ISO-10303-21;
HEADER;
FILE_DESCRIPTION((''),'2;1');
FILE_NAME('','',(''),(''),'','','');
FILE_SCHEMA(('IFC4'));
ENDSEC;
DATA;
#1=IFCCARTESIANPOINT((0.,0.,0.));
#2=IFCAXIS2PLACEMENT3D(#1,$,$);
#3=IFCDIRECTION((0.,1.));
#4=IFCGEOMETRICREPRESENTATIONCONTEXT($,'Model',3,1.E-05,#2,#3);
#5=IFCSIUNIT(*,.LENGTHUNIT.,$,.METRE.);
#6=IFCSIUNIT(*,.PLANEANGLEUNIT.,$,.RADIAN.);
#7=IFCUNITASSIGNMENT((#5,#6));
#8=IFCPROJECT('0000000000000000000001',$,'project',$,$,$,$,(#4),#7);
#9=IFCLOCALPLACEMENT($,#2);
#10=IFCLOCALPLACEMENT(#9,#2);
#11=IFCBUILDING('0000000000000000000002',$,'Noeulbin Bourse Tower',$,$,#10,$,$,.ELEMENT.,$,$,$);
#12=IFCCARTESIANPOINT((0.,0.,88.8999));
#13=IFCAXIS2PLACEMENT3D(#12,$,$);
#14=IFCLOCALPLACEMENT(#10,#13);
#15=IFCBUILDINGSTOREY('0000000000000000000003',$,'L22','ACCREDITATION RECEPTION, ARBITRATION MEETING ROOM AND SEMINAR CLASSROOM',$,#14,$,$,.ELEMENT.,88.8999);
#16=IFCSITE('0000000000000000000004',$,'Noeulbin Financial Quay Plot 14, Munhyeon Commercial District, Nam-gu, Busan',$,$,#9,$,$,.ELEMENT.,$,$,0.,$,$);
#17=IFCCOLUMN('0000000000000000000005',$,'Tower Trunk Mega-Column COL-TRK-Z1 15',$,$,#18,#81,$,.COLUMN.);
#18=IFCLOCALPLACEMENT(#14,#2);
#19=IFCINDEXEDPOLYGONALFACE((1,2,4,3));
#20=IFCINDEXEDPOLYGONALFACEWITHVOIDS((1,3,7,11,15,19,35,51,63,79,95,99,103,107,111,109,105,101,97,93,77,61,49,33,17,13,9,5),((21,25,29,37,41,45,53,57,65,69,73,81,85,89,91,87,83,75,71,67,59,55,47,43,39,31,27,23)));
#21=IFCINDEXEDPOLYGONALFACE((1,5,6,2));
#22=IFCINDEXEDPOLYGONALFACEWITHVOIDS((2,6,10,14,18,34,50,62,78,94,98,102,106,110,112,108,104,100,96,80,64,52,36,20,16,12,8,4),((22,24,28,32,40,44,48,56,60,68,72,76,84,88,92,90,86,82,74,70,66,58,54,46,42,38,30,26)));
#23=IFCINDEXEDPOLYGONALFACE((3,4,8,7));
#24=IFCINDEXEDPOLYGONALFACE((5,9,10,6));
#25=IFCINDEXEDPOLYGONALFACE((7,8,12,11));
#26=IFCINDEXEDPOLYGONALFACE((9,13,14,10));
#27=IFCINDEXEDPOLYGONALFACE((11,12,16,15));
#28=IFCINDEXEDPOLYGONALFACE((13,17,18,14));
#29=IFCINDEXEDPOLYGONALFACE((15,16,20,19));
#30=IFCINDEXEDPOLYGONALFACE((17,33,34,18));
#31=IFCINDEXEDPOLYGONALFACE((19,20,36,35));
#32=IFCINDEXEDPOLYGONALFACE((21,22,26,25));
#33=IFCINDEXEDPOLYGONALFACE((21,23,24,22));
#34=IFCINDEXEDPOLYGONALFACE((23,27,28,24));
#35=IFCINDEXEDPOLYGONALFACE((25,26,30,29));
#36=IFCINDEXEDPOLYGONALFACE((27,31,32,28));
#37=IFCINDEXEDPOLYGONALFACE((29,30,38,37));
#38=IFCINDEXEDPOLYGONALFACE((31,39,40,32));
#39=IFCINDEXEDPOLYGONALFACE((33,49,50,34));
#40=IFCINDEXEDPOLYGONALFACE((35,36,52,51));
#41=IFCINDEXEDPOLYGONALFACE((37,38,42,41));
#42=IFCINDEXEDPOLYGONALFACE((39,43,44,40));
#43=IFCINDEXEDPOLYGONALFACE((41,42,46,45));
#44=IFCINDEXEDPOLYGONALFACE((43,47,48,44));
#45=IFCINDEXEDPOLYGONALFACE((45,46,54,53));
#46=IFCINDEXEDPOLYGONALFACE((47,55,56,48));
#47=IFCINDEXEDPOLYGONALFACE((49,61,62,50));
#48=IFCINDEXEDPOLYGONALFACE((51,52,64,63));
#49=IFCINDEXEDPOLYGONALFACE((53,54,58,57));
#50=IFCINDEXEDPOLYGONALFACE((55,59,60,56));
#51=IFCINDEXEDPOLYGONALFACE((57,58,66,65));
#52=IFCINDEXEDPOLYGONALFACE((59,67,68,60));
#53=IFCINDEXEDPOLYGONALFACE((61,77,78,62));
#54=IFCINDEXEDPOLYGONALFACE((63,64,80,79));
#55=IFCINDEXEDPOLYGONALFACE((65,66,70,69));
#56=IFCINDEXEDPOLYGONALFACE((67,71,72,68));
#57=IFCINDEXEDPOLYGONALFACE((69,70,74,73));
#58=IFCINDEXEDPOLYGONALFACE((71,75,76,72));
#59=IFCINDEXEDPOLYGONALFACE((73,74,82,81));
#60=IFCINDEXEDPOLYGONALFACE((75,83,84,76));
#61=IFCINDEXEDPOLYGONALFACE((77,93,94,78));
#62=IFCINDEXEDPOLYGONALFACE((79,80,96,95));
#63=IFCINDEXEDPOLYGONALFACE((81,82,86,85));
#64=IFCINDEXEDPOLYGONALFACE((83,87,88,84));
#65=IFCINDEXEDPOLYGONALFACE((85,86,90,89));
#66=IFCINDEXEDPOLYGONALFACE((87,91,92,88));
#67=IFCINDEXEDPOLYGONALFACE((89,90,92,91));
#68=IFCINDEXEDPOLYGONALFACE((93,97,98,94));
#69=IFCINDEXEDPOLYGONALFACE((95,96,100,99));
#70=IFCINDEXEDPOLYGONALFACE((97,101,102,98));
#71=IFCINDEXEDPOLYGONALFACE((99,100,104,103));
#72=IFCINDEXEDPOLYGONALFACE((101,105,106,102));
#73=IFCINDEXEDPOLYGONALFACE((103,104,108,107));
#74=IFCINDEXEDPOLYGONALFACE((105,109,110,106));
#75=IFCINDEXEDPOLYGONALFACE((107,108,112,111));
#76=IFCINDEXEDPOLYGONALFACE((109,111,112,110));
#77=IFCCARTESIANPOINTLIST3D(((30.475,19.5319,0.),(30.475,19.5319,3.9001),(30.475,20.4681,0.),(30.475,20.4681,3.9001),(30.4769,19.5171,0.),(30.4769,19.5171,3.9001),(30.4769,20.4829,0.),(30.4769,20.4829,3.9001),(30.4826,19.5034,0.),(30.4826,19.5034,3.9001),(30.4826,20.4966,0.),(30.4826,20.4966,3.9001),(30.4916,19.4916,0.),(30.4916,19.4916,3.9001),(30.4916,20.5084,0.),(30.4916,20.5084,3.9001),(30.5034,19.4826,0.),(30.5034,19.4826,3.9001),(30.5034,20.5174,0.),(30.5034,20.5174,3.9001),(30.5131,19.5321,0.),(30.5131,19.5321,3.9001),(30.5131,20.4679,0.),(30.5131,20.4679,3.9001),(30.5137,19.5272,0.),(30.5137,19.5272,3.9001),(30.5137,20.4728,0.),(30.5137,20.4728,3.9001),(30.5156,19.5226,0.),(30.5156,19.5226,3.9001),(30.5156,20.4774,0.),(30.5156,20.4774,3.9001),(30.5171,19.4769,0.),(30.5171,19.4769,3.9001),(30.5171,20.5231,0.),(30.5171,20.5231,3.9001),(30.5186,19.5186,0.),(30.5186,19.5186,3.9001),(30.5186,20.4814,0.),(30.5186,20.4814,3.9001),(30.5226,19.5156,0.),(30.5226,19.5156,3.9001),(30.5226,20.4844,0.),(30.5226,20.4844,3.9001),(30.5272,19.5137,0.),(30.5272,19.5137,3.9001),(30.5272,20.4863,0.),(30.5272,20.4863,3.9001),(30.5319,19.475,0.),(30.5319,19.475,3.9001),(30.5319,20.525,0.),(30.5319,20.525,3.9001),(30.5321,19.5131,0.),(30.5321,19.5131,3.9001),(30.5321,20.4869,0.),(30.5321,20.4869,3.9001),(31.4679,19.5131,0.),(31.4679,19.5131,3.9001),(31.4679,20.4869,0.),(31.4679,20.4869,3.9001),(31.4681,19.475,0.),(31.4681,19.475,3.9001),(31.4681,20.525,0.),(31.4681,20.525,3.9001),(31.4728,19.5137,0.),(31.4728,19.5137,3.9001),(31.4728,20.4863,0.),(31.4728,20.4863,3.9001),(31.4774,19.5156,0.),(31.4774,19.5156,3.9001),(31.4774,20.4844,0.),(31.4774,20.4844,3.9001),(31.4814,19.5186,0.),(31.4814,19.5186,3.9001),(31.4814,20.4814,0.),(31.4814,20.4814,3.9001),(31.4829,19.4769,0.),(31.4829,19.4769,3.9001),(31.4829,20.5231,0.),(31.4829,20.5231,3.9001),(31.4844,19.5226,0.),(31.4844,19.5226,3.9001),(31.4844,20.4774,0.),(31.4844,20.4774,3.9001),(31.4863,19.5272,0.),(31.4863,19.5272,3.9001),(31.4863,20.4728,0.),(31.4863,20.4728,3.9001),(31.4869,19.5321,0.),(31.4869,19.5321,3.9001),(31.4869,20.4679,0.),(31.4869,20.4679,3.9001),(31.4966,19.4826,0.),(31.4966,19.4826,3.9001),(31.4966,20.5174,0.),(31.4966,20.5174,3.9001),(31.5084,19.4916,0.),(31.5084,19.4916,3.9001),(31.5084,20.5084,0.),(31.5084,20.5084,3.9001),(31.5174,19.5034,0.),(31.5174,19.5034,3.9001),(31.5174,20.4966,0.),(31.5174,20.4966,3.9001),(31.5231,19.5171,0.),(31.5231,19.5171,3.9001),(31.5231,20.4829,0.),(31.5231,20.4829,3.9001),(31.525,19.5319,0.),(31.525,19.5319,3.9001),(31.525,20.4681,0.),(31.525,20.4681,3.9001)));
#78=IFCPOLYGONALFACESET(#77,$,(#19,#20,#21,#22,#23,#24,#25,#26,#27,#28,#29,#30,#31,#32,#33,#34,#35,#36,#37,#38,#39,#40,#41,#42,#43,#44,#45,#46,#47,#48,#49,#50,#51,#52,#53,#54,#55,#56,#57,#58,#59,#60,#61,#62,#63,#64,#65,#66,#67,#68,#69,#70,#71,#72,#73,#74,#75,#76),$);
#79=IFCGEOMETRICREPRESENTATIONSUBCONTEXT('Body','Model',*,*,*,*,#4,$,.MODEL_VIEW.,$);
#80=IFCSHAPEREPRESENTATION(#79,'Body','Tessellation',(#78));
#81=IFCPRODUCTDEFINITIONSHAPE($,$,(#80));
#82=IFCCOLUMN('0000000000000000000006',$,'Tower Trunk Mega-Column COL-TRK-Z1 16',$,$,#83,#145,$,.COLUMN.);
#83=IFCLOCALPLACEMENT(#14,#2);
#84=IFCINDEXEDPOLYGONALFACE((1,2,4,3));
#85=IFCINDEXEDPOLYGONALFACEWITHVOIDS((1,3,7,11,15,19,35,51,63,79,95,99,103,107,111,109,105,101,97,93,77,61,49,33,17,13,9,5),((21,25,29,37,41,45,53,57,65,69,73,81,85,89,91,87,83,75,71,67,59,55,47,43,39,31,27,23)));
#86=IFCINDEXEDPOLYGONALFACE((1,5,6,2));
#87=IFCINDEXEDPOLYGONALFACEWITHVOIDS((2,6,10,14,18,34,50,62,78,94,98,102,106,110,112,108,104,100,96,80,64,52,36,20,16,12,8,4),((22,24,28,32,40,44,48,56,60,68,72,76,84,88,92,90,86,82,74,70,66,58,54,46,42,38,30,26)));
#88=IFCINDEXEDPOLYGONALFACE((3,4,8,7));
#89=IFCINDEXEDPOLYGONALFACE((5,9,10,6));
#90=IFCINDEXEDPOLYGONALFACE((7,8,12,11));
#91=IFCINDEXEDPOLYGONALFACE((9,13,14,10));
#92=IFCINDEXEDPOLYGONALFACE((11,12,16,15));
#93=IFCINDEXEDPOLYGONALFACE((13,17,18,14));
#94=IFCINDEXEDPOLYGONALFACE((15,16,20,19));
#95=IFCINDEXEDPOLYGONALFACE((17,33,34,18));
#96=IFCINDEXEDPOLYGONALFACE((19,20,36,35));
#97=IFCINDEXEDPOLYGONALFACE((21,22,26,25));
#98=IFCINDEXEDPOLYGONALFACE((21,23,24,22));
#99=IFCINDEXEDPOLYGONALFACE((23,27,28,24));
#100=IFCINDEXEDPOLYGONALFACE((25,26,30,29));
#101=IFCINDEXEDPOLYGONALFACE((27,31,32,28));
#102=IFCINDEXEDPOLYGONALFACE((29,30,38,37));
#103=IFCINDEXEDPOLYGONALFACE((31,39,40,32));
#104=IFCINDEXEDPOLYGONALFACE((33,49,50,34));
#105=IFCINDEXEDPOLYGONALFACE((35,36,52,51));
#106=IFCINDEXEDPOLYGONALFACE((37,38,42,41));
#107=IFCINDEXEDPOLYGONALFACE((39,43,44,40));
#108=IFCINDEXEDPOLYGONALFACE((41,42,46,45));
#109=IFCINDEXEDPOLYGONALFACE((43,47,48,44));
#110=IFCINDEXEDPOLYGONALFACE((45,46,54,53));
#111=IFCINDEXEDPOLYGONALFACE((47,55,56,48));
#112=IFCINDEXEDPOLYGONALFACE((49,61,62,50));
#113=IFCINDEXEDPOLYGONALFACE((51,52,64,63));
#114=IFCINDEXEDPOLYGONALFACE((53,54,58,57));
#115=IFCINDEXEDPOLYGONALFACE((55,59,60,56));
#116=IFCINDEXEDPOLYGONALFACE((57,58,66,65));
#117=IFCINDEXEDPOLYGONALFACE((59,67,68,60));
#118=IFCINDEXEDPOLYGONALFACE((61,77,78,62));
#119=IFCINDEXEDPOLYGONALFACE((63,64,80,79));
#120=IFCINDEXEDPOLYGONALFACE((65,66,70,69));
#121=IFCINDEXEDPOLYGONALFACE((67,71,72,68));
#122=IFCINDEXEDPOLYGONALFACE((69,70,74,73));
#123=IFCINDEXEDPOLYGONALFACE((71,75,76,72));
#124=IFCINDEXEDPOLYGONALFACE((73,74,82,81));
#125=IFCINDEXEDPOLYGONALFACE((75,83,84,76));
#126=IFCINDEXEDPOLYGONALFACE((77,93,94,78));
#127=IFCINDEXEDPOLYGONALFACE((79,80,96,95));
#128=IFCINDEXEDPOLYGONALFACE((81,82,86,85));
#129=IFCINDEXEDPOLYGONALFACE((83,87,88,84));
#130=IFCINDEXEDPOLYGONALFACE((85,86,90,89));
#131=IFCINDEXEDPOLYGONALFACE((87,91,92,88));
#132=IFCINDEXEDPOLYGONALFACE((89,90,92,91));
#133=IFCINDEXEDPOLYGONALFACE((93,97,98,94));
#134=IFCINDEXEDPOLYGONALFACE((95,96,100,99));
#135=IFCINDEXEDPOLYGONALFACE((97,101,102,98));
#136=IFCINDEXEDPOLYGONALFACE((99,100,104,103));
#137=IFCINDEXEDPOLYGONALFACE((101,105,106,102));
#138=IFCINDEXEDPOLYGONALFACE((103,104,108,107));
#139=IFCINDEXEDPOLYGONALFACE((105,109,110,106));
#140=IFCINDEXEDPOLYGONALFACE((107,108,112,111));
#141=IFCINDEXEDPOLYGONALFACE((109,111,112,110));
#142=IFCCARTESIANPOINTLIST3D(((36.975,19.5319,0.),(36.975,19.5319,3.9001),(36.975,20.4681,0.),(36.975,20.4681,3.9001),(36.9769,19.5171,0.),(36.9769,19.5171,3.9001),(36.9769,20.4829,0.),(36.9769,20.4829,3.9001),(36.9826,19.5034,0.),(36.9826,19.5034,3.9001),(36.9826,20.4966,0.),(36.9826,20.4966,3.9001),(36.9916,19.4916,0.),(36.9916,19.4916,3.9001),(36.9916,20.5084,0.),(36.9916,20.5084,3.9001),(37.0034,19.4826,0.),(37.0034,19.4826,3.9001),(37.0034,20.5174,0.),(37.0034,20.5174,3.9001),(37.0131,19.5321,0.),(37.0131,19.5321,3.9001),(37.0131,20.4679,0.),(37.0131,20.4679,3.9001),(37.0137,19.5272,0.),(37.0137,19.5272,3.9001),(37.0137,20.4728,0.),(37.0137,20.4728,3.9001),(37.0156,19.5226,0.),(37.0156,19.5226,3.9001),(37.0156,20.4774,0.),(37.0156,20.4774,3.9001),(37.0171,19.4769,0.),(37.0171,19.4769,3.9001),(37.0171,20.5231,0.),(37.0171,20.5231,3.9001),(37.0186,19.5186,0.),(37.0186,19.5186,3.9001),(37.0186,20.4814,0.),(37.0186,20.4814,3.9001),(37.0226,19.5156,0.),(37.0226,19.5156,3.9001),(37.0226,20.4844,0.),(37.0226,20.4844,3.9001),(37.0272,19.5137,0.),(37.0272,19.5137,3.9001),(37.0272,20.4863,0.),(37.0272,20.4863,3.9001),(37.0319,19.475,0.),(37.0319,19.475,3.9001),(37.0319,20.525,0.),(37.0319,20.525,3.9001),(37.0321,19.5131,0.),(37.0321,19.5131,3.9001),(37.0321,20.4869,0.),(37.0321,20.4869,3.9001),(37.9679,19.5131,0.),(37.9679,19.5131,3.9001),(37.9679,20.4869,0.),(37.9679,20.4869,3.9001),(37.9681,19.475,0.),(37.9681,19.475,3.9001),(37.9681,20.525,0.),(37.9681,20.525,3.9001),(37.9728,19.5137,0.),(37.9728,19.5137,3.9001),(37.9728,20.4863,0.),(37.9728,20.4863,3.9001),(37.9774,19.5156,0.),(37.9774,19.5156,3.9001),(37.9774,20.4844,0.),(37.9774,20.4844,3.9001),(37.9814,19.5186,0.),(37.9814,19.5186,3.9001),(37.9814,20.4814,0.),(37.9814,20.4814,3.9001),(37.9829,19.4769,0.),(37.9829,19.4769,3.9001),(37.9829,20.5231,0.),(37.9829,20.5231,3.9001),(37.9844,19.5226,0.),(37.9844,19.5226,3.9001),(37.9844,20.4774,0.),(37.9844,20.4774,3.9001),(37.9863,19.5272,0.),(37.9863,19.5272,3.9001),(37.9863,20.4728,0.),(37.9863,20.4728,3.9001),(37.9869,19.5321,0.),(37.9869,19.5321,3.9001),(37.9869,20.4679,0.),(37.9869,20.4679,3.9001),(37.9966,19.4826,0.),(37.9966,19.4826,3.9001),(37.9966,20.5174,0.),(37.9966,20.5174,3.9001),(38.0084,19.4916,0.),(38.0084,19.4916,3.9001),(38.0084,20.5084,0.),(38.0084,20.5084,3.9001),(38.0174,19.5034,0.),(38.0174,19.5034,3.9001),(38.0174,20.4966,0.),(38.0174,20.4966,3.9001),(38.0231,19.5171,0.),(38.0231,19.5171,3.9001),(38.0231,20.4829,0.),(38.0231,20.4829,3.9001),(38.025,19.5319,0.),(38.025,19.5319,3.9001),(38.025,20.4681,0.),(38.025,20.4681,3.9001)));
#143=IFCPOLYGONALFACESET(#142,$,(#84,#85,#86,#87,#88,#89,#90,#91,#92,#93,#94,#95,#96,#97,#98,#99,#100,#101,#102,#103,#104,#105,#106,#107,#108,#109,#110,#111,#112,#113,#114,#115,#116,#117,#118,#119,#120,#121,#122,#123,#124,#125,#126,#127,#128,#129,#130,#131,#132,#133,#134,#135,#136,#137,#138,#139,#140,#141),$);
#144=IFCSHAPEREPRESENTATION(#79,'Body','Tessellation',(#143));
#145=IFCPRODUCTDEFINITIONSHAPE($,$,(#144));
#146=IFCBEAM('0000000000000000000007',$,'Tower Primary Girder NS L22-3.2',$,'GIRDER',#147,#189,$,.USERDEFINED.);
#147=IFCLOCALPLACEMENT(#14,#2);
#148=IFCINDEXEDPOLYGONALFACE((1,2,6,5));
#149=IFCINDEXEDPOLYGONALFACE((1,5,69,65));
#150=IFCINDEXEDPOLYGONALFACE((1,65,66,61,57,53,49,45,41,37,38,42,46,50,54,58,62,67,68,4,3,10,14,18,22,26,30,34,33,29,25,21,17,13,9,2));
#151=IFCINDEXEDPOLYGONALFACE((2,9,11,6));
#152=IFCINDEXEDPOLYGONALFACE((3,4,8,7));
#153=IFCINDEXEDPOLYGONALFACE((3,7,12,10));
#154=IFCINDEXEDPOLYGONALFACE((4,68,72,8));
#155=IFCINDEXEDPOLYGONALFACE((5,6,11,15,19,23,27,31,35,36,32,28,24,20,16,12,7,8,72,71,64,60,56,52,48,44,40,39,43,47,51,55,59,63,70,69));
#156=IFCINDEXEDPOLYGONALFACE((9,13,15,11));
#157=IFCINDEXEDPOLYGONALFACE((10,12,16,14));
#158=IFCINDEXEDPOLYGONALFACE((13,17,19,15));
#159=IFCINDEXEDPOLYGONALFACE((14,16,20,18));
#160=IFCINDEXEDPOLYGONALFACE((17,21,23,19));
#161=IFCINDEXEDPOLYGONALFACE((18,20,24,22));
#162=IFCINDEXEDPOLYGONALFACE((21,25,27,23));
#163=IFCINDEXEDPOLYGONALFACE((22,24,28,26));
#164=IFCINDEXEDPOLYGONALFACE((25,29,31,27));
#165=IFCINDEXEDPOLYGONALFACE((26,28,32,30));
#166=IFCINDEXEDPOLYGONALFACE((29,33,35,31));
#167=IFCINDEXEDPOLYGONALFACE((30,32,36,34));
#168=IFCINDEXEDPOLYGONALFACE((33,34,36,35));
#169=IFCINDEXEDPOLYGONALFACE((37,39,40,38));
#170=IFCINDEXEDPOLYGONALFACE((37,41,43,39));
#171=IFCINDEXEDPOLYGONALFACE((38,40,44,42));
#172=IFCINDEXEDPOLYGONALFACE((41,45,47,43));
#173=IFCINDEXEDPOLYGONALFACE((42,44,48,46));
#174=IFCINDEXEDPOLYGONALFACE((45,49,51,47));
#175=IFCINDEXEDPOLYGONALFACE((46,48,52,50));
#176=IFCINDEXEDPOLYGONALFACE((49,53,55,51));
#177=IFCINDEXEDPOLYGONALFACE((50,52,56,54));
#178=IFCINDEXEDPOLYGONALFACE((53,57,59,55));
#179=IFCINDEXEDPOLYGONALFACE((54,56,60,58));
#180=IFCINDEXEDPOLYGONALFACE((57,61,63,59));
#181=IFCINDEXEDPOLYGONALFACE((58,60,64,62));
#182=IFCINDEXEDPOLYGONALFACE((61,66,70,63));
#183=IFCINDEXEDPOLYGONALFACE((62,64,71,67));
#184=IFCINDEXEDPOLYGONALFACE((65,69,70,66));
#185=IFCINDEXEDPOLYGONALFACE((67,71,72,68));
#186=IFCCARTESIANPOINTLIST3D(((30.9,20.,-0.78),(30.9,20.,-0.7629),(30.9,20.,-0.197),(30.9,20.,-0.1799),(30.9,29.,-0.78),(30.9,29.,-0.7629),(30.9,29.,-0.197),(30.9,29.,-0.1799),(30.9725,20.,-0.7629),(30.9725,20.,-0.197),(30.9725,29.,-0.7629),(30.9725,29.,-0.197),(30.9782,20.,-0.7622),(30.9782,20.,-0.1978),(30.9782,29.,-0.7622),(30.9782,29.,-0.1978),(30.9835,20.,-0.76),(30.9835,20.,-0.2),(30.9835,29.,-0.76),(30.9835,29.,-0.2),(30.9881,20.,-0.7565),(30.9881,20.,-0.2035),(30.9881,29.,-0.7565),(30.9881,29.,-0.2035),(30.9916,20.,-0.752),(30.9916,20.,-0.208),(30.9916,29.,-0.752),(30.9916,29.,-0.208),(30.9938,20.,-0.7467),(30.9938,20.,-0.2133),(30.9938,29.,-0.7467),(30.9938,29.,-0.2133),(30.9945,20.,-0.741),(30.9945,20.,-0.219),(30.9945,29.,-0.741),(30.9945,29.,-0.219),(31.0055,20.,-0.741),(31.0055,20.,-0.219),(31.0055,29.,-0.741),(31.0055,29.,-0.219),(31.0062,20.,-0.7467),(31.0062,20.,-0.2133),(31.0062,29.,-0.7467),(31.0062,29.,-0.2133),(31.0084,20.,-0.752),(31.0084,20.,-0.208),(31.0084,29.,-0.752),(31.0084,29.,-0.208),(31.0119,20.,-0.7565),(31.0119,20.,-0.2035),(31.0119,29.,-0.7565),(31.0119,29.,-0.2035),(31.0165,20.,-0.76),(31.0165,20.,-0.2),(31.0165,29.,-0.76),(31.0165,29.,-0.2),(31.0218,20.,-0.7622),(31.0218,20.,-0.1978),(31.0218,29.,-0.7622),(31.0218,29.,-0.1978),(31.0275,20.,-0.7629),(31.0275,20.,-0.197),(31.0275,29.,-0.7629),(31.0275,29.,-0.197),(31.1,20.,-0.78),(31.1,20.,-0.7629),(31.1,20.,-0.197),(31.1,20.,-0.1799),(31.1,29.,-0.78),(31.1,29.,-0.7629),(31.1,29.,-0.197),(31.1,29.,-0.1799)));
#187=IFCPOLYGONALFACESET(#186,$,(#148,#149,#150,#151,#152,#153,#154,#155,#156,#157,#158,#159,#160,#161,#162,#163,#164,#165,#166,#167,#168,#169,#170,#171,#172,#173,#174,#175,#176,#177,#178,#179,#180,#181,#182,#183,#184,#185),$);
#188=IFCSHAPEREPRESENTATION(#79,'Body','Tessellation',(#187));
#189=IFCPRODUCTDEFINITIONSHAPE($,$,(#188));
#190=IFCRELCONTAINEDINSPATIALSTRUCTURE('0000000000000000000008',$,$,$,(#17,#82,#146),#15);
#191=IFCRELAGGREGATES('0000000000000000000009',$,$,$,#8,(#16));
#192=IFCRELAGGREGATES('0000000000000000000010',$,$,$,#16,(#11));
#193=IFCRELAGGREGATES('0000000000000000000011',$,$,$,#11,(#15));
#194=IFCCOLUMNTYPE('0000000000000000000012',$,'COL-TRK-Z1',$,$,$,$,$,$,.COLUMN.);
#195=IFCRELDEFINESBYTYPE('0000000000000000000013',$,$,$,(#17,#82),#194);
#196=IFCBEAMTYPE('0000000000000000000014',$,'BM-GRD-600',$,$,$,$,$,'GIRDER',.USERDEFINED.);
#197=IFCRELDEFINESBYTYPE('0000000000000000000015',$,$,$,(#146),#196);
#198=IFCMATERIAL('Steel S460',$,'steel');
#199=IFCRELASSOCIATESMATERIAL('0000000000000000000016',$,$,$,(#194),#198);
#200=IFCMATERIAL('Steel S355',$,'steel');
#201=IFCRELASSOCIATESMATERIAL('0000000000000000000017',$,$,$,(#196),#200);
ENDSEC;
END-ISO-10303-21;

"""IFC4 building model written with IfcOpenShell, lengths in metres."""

from ifc_helpers import new_model, si_unit, direction, frame, origin, origin_2d, place, context, subcontext, project, spatial, hollow_rectangle, i_section, extrude, material, material_profile, profile_set, type_object, element, save


model = new_model("IFC4")

# Units and contexts
model_context = context("Model", 3, precision=1e-05, world=origin(), true_north=direction((0.0, 1.0)))
body_context = subcontext(model_context, "Body", "Model", "MODEL_VIEW")
ifc_project = project(units=[si_unit("LENGTHUNIT", "METRE"), si_unit("PLANEANGLEUNIT", "RADIAN")], contexts=[model_context])

# Site, building, storey
site_placement = place(None, origin())
site = spatial("IfcSite", under=ifc_project, at=site_placement, Name="Noeulbin Financial Quay Plot 14, Munhyeon Commercial District, Nam-gu, Busan", CompositionType="ELEMENT", RefElevation=0.0)
building_placement = place(site_placement, origin())
building = spatial("IfcBuilding", under=site, at=building_placement, Name="Noeulbin Bourse Tower", CompositionType="ELEMENT")
storey_placement = place(building_placement, frame((0.0, 0.0, 88.8999)))
storey = spatial("IfcBuildingStorey", under=building, at=storey_placement, Name="L22", Description="ACCREDITATION RECEPTION, ARBITRATION MEETING ROOM AND SEMINAR CLASSROOM", CompositionType="ELEMENT", Elevation=88.8999)

# Columns
ifc_material_1 = material(Name="Steel S460", Category="steel")
ifc_material_profile_1 = material_profile(ifc_material_1, hollow_rectangle(XDim=1.05, YDim=1.05, WallThickness=0.0381, InnerFilletRadius=0.019, OuterFilletRadius=0.0569, at=origin_2d()), Name="BOX-1050x1050x38", Category="LoadBearing")
ifc_profile_set_1 = profile_set([ifc_material_profile_1], Name="Steel S460")
column_type = type_object("IfcColumnType", Name="COL-TRK-Z1", PredefinedType="COLUMN", material=ifc_profile_set_1)
for number, where, z_axis, x_axis, name in (
    (1, (31.0, 20.0, 0.0), (0.0, 0.0, 1.0), (1.0, 0.0, 0.0), "Tower Trunk Mega-Column COL-TRK-Z1 15"),
    (2, (37.5, 20.0, 0.0), (0.0, 0.0, 1.0), (1.0, 0.0, 0.0), "Tower Trunk Mega-Column COL-TRK-Z1 16"),
):
    element("IfcColumn", number, at=place(storey_placement, frame(where, z_axis=z_axis, x_axis=x_axis)), inside=storey, type_object=column_type, Name=name, PredefinedType="COLUMN", context=body_context, shape_type="SweptSolid", body=[
        extrude(hollow_rectangle(XDim=1.05, YDim=1.05, WallThickness=0.0381, InnerFilletRadius=0.019, OuterFilletRadius=0.0569, at=origin_2d()), origin(), (0.0, 0.0, 1.0), 3.9001),
    ])

# Beam
ifc_material_2 = material(Name="Steel S355", Category="steel")
ifc_material_profile_2 = material_profile(ifc_material_2, i_section(OverallWidth=0.2, OverallDepth=0.6001, WebThickness=0.011, FlangeThickness=0.0171, FilletRadius=0.022, at=origin_2d()), Name="H-600x200x11x17", Category="LoadBearing")
ifc_profile_set_2 = profile_set([ifc_material_profile_2], Name="Steel S355")
beam_type_1 = type_object("IfcBeamType", Name="BM-GRD-600", ElementType="GIRDER", PredefinedType="USERDEFINED", material=ifc_profile_set_2)
for number, where, z_axis, x_axis, name in (
    (3, (31.0, 20.0, -0.48), (0.0, 1.0, 0.0), (-1.0, 0.0, 0.0), "Tower Primary Girder NS L22-3.2"),
):
    element("IfcBeam", number, at=place(storey_placement, frame(where, z_axis=z_axis, x_axis=x_axis)), inside=storey, type_object=beam_type_1, Name=name, ObjectType="GIRDER", PredefinedType="USERDEFINED", context=body_context, shape_type="SweptSolid", body=[
        extrude(i_section(OverallWidth=0.2, OverallDepth=0.6001, WebThickness=0.011, FlangeThickness=0.0171, FilletRadius=0.022, at=origin_2d()), origin(), (0.0, 0.0, 1.0), 9.0),
    ])

save(model, "model.ifc")
